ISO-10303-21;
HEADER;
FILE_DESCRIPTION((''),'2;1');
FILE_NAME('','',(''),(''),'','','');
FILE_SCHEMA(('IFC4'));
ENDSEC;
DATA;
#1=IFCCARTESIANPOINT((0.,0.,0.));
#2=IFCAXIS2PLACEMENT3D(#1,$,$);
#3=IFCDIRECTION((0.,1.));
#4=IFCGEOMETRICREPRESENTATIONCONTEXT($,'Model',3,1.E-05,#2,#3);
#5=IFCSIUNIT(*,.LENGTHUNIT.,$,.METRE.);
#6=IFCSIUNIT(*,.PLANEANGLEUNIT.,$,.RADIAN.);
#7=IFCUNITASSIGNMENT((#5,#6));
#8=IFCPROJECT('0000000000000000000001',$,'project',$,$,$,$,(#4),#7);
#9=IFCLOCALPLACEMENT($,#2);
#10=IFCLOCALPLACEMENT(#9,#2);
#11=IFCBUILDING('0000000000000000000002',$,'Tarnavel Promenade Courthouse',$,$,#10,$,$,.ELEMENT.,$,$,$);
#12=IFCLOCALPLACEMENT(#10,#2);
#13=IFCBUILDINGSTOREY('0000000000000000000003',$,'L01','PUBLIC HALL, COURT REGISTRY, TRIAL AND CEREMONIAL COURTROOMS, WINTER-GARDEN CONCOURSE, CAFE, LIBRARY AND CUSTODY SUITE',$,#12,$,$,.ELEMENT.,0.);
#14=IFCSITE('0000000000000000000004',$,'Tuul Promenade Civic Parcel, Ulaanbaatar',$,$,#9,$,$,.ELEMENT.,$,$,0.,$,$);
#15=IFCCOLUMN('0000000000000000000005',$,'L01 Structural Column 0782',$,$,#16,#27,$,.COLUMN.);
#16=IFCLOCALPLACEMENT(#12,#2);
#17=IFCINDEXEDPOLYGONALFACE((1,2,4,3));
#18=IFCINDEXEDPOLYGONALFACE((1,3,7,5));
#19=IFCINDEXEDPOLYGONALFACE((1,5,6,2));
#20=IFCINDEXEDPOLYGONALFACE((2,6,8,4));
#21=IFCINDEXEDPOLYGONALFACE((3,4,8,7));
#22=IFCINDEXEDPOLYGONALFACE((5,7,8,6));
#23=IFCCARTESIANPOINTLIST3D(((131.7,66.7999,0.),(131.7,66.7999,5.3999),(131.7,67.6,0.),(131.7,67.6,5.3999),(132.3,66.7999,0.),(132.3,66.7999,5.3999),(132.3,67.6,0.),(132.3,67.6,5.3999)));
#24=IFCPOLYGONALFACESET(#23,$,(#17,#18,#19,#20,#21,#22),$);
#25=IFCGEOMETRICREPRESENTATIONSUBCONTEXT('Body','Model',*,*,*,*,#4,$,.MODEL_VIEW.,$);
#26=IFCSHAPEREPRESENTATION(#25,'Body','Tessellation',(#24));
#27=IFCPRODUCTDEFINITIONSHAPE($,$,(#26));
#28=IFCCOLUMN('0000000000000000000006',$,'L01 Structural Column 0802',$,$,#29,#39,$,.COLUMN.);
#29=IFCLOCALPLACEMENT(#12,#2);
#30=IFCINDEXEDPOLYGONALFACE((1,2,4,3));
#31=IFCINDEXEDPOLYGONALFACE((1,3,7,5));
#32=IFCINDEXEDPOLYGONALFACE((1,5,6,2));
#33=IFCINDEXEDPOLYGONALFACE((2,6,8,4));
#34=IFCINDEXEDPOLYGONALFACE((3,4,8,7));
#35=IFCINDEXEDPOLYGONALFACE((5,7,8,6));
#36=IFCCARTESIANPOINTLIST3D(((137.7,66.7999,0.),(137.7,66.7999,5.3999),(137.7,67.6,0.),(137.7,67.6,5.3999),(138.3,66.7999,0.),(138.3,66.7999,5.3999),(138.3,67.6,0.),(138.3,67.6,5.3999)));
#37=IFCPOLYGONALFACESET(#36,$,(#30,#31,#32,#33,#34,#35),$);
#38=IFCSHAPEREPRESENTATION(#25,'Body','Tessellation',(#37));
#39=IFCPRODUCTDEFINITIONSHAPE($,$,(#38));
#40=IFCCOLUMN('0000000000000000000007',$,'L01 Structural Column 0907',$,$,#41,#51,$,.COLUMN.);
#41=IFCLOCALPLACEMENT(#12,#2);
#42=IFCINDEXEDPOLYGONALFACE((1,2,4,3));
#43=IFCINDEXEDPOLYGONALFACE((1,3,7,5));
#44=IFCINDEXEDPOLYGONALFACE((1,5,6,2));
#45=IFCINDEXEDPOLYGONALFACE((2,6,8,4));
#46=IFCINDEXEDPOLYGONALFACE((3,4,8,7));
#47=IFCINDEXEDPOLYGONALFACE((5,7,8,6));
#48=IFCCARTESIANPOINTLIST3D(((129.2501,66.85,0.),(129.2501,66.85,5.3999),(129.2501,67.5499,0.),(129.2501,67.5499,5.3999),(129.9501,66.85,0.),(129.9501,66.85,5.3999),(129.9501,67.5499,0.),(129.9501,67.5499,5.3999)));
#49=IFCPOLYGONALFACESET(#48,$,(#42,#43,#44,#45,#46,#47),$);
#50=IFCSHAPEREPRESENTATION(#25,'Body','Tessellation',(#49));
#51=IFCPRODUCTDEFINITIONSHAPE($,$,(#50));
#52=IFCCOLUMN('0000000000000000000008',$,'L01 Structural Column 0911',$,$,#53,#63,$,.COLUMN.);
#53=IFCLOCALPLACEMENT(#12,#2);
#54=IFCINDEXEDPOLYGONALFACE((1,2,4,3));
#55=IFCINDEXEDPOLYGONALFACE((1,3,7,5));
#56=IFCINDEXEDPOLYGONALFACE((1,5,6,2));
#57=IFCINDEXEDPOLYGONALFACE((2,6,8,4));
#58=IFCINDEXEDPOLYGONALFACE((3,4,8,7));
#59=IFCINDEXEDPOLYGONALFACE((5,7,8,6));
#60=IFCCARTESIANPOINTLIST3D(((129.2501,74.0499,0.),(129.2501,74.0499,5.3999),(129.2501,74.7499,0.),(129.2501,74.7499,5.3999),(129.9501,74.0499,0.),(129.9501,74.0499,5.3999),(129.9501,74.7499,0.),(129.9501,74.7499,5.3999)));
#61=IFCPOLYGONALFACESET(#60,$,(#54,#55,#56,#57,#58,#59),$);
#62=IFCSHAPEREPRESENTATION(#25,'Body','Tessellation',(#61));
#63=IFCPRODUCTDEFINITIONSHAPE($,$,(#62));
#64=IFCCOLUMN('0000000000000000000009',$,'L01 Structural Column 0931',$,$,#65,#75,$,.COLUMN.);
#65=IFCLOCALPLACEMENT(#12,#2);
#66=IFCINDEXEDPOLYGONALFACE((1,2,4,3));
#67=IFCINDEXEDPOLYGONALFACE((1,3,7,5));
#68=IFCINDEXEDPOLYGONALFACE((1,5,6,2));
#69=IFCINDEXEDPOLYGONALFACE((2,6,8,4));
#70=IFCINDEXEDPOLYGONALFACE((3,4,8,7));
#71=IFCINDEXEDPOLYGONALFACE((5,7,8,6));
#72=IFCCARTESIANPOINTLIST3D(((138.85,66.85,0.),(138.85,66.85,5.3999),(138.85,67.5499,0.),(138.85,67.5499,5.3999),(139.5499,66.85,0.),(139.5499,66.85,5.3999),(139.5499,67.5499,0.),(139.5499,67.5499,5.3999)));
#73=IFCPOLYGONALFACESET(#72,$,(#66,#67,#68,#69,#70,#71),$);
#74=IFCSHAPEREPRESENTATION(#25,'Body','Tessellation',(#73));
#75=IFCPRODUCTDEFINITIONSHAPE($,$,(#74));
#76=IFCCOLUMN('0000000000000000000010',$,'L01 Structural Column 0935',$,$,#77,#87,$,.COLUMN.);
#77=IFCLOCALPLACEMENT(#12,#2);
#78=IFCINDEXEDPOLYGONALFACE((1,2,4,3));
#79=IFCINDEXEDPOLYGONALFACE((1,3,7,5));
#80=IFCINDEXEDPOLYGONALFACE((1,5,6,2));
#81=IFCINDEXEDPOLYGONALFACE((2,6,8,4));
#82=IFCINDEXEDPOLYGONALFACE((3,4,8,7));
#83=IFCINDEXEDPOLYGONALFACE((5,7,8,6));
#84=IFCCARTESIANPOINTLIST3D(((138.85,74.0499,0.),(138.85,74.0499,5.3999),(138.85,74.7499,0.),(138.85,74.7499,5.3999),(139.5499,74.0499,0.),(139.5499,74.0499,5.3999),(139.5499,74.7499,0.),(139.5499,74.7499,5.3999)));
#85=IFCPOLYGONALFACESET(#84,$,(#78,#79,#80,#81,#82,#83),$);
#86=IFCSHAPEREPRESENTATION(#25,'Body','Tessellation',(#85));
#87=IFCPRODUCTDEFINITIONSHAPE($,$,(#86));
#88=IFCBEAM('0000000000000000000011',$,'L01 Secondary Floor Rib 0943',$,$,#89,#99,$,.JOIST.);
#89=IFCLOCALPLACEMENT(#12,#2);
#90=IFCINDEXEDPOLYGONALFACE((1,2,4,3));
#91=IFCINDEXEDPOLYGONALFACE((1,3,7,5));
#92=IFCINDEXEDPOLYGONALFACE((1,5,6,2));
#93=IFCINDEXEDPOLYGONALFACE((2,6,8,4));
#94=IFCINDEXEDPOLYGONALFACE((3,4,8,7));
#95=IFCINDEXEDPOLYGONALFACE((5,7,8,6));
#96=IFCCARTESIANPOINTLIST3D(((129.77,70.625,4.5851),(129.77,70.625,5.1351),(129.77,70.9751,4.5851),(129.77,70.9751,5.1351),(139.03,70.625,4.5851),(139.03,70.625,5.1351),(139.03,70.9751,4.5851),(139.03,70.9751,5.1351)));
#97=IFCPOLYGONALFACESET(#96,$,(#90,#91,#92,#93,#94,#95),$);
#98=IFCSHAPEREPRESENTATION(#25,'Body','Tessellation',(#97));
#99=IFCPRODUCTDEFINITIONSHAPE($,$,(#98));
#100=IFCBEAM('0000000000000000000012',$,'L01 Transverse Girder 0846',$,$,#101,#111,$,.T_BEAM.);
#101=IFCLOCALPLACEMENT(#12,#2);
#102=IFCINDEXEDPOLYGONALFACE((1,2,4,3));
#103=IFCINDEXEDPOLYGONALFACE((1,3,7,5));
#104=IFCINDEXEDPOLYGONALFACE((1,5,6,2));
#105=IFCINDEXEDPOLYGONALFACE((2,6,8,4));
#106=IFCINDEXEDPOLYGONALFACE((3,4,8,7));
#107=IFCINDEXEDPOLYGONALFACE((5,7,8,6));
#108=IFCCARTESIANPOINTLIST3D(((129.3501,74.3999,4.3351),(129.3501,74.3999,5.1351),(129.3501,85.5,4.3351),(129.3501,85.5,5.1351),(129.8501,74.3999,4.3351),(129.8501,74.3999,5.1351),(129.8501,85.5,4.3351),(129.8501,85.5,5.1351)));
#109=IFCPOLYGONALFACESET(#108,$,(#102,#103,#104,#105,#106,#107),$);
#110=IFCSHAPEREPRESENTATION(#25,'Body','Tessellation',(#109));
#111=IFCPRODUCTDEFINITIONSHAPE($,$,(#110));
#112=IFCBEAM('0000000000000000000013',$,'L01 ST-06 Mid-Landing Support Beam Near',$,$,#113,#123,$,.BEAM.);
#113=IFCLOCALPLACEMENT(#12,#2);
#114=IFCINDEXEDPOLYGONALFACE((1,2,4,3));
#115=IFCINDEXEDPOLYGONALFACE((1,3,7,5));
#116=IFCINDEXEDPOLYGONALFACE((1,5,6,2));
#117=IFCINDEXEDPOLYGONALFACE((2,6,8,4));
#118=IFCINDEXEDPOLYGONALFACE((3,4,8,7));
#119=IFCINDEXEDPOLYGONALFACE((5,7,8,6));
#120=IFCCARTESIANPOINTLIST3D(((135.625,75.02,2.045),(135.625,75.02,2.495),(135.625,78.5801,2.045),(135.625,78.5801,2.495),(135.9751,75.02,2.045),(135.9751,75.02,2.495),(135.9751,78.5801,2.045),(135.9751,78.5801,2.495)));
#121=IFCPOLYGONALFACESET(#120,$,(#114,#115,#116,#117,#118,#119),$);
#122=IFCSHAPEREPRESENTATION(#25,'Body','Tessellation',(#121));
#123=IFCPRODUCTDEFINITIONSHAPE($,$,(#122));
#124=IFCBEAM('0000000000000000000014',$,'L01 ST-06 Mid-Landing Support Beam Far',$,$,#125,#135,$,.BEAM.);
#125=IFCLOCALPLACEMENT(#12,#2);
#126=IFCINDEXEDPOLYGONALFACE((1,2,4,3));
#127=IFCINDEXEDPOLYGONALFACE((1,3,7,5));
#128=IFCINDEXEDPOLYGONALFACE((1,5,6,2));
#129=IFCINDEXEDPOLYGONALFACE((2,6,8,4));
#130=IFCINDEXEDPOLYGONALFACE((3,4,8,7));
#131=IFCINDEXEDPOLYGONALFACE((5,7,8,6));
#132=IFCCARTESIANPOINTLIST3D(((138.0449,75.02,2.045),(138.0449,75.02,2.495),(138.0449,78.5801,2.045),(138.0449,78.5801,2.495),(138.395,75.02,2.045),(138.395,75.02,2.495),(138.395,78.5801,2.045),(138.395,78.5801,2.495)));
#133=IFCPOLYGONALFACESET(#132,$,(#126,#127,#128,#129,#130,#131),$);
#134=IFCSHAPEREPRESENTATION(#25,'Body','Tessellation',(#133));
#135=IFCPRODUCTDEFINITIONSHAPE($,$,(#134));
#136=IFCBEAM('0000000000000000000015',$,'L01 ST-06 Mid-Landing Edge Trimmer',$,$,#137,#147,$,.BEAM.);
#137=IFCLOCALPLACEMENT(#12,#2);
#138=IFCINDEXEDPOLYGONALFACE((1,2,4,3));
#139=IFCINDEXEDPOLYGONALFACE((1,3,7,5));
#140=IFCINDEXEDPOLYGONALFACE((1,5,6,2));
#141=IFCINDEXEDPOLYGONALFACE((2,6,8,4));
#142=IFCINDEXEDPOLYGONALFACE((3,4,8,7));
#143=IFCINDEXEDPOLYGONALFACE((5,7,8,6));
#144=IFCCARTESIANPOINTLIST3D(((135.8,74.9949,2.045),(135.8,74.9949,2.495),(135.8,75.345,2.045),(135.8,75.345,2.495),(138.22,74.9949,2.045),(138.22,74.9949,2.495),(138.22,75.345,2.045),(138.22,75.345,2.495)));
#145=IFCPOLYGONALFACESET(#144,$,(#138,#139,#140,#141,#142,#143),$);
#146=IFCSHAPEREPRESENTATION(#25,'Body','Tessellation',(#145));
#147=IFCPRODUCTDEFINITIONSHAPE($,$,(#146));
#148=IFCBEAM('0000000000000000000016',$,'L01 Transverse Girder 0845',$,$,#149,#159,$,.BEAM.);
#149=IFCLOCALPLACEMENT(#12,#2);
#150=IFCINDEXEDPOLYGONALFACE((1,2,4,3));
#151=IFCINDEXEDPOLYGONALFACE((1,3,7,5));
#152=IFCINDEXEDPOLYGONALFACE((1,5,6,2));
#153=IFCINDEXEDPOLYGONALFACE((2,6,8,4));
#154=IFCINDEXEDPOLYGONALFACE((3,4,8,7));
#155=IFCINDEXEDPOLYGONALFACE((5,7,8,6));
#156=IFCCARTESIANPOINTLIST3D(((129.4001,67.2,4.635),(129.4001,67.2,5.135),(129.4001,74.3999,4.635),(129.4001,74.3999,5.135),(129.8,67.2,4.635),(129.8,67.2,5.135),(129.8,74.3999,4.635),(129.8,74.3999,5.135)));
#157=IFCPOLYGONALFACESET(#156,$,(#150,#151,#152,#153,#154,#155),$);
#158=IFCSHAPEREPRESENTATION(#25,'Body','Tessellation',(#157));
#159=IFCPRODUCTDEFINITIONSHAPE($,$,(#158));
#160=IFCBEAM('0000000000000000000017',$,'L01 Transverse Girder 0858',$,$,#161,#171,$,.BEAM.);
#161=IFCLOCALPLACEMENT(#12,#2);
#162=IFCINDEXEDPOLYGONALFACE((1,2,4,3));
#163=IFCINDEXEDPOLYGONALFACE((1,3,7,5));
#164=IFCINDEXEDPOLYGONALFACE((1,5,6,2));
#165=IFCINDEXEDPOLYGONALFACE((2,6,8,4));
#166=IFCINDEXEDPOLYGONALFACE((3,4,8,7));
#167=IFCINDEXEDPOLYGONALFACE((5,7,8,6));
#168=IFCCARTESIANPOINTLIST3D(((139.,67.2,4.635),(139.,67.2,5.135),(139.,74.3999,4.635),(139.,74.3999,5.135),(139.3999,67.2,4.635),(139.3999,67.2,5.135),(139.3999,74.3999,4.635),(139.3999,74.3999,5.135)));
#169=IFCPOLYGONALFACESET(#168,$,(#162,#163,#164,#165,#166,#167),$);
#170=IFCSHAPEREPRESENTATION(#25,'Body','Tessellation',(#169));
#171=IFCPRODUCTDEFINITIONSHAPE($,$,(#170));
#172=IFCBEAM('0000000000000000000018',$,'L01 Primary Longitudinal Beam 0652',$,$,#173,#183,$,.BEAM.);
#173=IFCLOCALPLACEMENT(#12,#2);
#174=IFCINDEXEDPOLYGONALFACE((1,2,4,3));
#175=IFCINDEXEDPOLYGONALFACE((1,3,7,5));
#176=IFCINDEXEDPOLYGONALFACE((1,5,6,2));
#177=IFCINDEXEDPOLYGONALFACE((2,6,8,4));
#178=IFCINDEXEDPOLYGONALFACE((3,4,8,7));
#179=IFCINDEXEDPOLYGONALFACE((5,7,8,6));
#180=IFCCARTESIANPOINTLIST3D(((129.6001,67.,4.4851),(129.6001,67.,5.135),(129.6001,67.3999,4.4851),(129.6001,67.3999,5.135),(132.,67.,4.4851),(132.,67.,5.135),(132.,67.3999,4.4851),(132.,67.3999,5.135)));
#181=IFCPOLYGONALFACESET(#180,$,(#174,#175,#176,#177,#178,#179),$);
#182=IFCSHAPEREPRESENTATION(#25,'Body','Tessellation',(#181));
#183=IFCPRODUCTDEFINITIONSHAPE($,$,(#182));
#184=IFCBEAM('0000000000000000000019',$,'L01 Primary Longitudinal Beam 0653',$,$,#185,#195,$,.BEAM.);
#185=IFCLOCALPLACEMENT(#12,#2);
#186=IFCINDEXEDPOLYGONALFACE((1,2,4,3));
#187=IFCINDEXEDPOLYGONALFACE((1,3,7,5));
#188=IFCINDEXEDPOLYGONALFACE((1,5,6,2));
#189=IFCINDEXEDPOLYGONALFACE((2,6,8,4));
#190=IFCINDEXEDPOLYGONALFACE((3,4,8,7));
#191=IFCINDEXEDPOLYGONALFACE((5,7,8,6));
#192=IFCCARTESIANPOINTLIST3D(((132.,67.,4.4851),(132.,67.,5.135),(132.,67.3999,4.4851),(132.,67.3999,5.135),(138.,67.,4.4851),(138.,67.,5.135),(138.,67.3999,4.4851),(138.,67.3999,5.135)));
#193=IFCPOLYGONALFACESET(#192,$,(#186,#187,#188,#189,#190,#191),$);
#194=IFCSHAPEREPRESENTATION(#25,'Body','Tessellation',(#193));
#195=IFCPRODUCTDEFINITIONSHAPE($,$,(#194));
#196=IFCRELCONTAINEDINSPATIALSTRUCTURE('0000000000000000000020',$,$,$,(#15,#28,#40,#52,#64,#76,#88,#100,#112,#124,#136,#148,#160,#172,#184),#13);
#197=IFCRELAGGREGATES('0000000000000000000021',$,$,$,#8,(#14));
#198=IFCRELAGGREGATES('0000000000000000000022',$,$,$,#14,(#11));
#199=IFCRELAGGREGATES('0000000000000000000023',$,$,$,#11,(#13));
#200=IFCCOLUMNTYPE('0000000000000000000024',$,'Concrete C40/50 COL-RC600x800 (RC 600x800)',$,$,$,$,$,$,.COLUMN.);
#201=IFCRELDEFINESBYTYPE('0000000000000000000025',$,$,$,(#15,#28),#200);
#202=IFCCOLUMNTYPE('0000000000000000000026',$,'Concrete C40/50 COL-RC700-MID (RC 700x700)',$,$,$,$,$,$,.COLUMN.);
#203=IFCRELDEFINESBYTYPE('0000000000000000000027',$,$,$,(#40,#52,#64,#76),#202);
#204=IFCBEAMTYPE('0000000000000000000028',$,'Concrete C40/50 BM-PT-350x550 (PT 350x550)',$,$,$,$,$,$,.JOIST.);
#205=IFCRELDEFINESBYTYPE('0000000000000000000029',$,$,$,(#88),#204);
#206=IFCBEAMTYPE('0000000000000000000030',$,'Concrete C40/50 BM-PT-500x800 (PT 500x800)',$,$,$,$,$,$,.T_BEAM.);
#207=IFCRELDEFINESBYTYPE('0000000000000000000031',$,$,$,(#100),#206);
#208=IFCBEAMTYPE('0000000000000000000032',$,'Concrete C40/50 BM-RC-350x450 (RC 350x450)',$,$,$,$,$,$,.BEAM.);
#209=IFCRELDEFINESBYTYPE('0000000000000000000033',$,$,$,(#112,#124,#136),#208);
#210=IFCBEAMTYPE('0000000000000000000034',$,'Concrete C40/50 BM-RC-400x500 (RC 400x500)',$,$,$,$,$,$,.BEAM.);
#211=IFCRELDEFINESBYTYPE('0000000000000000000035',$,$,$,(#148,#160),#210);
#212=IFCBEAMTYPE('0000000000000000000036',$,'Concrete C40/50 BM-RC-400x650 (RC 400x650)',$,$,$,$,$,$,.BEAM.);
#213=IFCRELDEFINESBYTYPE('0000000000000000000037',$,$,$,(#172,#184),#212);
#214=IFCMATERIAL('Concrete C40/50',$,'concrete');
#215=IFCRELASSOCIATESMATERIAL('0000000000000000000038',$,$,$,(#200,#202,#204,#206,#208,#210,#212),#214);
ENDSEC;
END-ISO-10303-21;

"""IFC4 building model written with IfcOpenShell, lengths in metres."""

from ifc_helpers import new_model, si_unit, direction, frame, origin, origin_2d, place, context, subcontext, project, spatial, rectangle, extrude, material, material_profile, profile_set, type_object, element, save


model = new_model("IFC4")

# Units and contexts
model_context = context("Model", 3, precision=1e-05, world=origin(), true_north=direction((0.0, 1.0)))
body_context = subcontext(model_context, "Body", "Model", "MODEL_VIEW")
ifc_project = project(units=[si_unit("LENGTHUNIT", "METRE"), si_unit("PLANEANGLEUNIT", "RADIAN")], contexts=[model_context])

# Site, building, storey
site_placement = place(None, origin())
site = spatial("IfcSite", under=ifc_project, at=site_placement, Name="Tuul Promenade Civic Parcel, Ulaanbaatar", CompositionType="ELEMENT", RefElevation=0.0)
building_placement = place(site_placement, origin())
building = spatial("IfcBuilding", under=site, at=building_placement, Name="Tarnavel Promenade Courthouse", CompositionType="ELEMENT")
storey_placement = place(building_placement, origin())
storey = spatial("IfcBuildingStorey", under=building, at=storey_placement, Name="L01", Description="PUBLIC HALL, COURT REGISTRY, TRIAL AND CEREMONIAL COURTROOMS, WINTER-GARDEN CONCOURSE, CAFE, LIBRARY AND CUSTODY SUITE", CompositionType="ELEMENT", Elevation=0.0)

# Columns
ifc_material_1 = material(Name="Concrete C40/50", Category="concrete")
ifc_material_profile_1 = material_profile(ifc_material_1, rectangle(XDim=0.6001, YDim=0.8, at=origin_2d()), Name="RC 600x800")
ifc_profile_set_1 = profile_set([ifc_material_profile_1], Name="Concrete C40/50")
column_type_1 = type_object("IfcColumnType", Name="Concrete C40/50 COL-RC600x800 (RC 600x800)", PredefinedType="COLUMN", material=ifc_profile_set_1)
for number, where, z_axis, x_axis, name in (
    (1, (132.0, 67.2, 0.0), (0.0, 0.0, 1.0), (1.0, 0.0, 0.0), "L01 Structural Column 0782"),
    (2, (138.0, 67.2, 0.0), (0.0, 0.0, 1.0), (1.0, 0.0, 0.0), "L01 Structural Column 0802"),
):
    element("IfcColumn", number, at=place(storey_placement, frame(where, z_axis=z_axis, x_axis=x_axis)), inside=storey, type_object=column_type_1, Name=name, PredefinedType="COLUMN", context=body_context, shape_type="SweptSolid", body=[
        extrude(rectangle(XDim=0.6001, YDim=0.8, at=origin_2d()), origin(), (0.0, 0.0, 1.0), 5.3999),
    ])
ifc_material_profile_2 = material_profile(ifc_material_1, rectangle(XDim=0.7, YDim=0.7, at=origin_2d()), Name="RC 700x700")
ifc_profile_set_2 = profile_set([ifc_material_profile_2], Name="Concrete C40/50")
column_type_2 = type_object("IfcColumnType", Name="Concrete C40/50 COL-RC700-MID (RC 700x700)", PredefinedType="COLUMN", material=ifc_profile_set_2)
for number, where, z_axis, x_axis, name in (
    (3, (129.6001, 67.2, 0.0), (0.0, 0.0, 1.0), (1.0, 0.0, 0.0), "L01 Structural Column 0907"),
    (4, (129.6001, 74.3999, 0.0), (0.0, 0.0, 1.0), (1.0, 0.0, 0.0), "L01 Structural Column 0911"),
    (5, (139.2, 67.2, 0.0), (0.0, 0.0, 1.0), (1.0, 0.0, 0.0), "L01 Structural Column 0931"),
    (6, (139.2, 74.3999, 0.0), (0.0, 0.0, 1.0), (1.0, 0.0, 0.0), "L01 Structural Column 0935"),
):
    element("IfcColumn", number, at=place(storey_placement, frame(where, z_axis=z_axis, x_axis=x_axis)), inside=storey, type_object=column_type_2, Name=name, PredefinedType="COLUMN", context=body_context, shape_type="SweptSolid", body=[
        extrude(rectangle(XDim=0.7, YDim=0.7, at=origin_2d()), origin(), (0.0, 0.0, 1.0), 5.3999),
    ])

# Beams
ifc_material_profile_3 = material_profile(ifc_material_1, rectangle(XDim=0.3501, YDim=0.55, at=origin_2d()), Name="PT 350x550")
ifc_profile_set_3 = profile_set([ifc_material_profile_3], Name="Concrete C40/50")
beam_type_1 = type_object("IfcBeamType", Name="Concrete C40/50 BM-PT-350x550 (PT 350x550)", PredefinedType="JOIST", material=ifc_profile_set_3)
beam_1_placement = place(storey_placement, frame((129.77, 70.8, 4.8601), z_axis=(1.0, 0.0, 0.0), x_axis=(0.0, 1.0, 0.0)))
element("IfcBeam", 7, at=beam_1_placement, inside=storey, type_object=beam_type_1, Name="L01 Secondary Floor Rib 0943", PredefinedType="JOIST", context=body_context, shape_type="SweptSolid", body=[
    extrude(rectangle(XDim=0.3501, YDim=0.55, at=origin_2d()), origin(), (0.0, 0.0, 1.0), 9.26),
])
ifc_material_profile_4 = material_profile(ifc_material_1, rectangle(XDim=0.5, YDim=0.8, at=origin_2d()), Name="PT 500x800")
ifc_profile_set_4 = profile_set([ifc_material_profile_4], Name="Concrete C40/50")
beam_type_2 = type_object("IfcBeamType", Name="Concrete C40/50 BM-PT-500x800 (PT 500x800)", PredefinedType="T_BEAM", material=ifc_profile_set_4)
beam_2_placement = place(storey_placement, frame((129.6001, 74.3999, 4.7351), z_axis=(0.0, 1.0, 0.0), x_axis=(-1.0, 0.0, 0.0)))
element("IfcBeam", 8, at=beam_2_placement, inside=storey, type_object=beam_type_2, Name="L01 Transverse Girder 0846", PredefinedType="T_BEAM", context=body_context, shape_type="SweptSolid", body=[
    extrude(rectangle(XDim=0.5, YDim=0.8, at=origin_2d()), origin(), (0.0, 0.0, 1.0), 11.1001),
])
ifc_material_profile_5 = material_profile(ifc_material_1, rectangle(XDim=0.3501, YDim=0.45, at=origin_2d()), Name="RC 350x450")
ifc_profile_set_5 = profile_set([ifc_material_profile_5], Name="Concrete C40/50")
beam_type_3 = type_object("IfcBeamType", Name="Concrete C40/50 BM-RC-350x450 (RC 350x450)", PredefinedType="BEAM", material=ifc_profile_set_5)
for number, where, z_axis, x_axis, name in (
    (9, (135.8, 75.02, 2.27), (0.0, 1.0, 0.0), (-1.0, 0.0, 0.0), "L01 ST-06 Mid-Landing Support Beam Near"),
    (10, (138.22, 75.02, 2.27), (0.0, 1.0, 0.0), (-1.0, 0.0, 0.0), "L01 ST-06 Mid-Landing Support Beam Far"),
):
    element("IfcBeam", number, at=place(storey_placement, frame(where, z_axis=z_axis, x_axis=x_axis)), inside=storey, type_object=beam_type_3, Name=name, PredefinedType="BEAM", context=body_context, shape_type="SweptSolid", body=[
        extrude(rectangle(XDim=0.3501, YDim=0.45, at=origin_2d()), origin(), (0.0, 0.0, 1.0), 3.5601),
    ])
beam_3_placement = place(storey_placement, frame((135.8, 75.1699, 2.27), z_axis=(1.0, 0.0, 0.0), x_axis=(0.0, 1.0, 0.0)))
element("IfcBeam", 11, at=beam_3_placement, inside=storey, type_object=beam_type_3, Name="L01 ST-06 Mid-Landing Edge Trimmer", PredefinedType="BEAM", context=body_context, shape_type="SweptSolid", body=[
    extrude(rectangle(XDim=0.3501, YDim=0.45, at=origin_2d()), origin(), (0.0, 0.0, 1.0), 2.4199),
])
ifc_material_profile_6 = material_profile(ifc_material_1, rectangle(XDim=0.3999, YDim=0.5, at=origin_2d()), Name="RC 400x500")
ifc_profile_set_6 = profile_set([ifc_material_profile_6], Name="Concrete C40/50")
beam_type_4 = type_object("IfcBeamType", Name="Concrete C40/50 BM-RC-400x500 (RC 400x500)", PredefinedType="BEAM", material=ifc_profile_set_6)
for number, where, z_axis, x_axis, name in (
    (12, (129.6001, 67.2, 4.885), (0.0, 1.0, 0.0), (-1.0, 0.0, 0.0), "L01 Transverse Girder 0845"),
    (13, (139.2, 67.2, 4.885), (0.0, 1.0, 0.0), (-1.0, 0.0, 0.0), "L01 Transverse Girder 0858"),
):
    element("IfcBeam", number, at=place(storey_placement, frame(where, z_axis=z_axis, x_axis=x_axis)), inside=storey, type_object=beam_type_4, Name=name, PredefinedType="BEAM", context=body_context, shape_type="SweptSolid", body=[
        extrude(rectangle(XDim=0.3999, YDim=0.5, at=origin_2d()), origin(), (0.0, 0.0, 1.0), 7.2),
    ])
ifc_material_profile_7 = material_profile(ifc_material_1, rectangle(XDim=0.3999, YDim=0.6499, at=origin_2d()), Name="RC 400x650")
ifc_profile_set_7 = profile_set([ifc_material_profile_7], Name="Concrete C40/50")
beam_type_5 = type_object("IfcBeamType", Name="Concrete C40/50 BM-RC-400x650 (RC 400x650)", PredefinedType="BEAM", material=ifc_profile_set_7)
beam_4_placement = place(storey_placement, frame((129.6001, 67.2, 4.8101), z_axis=(1.0, 0.0, 0.0), x_axis=(0.0, 1.0, 0.0)))
element("IfcBeam", 14, at=beam_4_placement, inside=storey, type_object=beam_type_5, Name="L01 Primary Longitudinal Beam 0652", PredefinedType="BEAM", context=body_context, shape_type="SweptSolid", body=[
    extrude(rectangle(XDim=0.3999, YDim=0.6499, at=origin_2d()), origin(), (0.0, 0.0, 1.0), 2.3999),
])
beam_5_placement = place(storey_placement, frame((132.0, 67.2, 4.8101), z_axis=(1.0, 0.0, 0.0), x_axis=(0.0, 1.0, 0.0)))
element("IfcBeam", 15, at=beam_5_placement, inside=storey, type_object=beam_type_5, Name="L01 Primary Longitudinal Beam 0653", PredefinedType="BEAM", context=body_context, shape_type="SweptSolid", body=[
    extrude(rectangle(XDim=0.3999, YDim=0.6499, at=origin_2d()), origin(), (0.0, 0.0, 1.0), 6.0),
])

save(model, "model.ifc")
